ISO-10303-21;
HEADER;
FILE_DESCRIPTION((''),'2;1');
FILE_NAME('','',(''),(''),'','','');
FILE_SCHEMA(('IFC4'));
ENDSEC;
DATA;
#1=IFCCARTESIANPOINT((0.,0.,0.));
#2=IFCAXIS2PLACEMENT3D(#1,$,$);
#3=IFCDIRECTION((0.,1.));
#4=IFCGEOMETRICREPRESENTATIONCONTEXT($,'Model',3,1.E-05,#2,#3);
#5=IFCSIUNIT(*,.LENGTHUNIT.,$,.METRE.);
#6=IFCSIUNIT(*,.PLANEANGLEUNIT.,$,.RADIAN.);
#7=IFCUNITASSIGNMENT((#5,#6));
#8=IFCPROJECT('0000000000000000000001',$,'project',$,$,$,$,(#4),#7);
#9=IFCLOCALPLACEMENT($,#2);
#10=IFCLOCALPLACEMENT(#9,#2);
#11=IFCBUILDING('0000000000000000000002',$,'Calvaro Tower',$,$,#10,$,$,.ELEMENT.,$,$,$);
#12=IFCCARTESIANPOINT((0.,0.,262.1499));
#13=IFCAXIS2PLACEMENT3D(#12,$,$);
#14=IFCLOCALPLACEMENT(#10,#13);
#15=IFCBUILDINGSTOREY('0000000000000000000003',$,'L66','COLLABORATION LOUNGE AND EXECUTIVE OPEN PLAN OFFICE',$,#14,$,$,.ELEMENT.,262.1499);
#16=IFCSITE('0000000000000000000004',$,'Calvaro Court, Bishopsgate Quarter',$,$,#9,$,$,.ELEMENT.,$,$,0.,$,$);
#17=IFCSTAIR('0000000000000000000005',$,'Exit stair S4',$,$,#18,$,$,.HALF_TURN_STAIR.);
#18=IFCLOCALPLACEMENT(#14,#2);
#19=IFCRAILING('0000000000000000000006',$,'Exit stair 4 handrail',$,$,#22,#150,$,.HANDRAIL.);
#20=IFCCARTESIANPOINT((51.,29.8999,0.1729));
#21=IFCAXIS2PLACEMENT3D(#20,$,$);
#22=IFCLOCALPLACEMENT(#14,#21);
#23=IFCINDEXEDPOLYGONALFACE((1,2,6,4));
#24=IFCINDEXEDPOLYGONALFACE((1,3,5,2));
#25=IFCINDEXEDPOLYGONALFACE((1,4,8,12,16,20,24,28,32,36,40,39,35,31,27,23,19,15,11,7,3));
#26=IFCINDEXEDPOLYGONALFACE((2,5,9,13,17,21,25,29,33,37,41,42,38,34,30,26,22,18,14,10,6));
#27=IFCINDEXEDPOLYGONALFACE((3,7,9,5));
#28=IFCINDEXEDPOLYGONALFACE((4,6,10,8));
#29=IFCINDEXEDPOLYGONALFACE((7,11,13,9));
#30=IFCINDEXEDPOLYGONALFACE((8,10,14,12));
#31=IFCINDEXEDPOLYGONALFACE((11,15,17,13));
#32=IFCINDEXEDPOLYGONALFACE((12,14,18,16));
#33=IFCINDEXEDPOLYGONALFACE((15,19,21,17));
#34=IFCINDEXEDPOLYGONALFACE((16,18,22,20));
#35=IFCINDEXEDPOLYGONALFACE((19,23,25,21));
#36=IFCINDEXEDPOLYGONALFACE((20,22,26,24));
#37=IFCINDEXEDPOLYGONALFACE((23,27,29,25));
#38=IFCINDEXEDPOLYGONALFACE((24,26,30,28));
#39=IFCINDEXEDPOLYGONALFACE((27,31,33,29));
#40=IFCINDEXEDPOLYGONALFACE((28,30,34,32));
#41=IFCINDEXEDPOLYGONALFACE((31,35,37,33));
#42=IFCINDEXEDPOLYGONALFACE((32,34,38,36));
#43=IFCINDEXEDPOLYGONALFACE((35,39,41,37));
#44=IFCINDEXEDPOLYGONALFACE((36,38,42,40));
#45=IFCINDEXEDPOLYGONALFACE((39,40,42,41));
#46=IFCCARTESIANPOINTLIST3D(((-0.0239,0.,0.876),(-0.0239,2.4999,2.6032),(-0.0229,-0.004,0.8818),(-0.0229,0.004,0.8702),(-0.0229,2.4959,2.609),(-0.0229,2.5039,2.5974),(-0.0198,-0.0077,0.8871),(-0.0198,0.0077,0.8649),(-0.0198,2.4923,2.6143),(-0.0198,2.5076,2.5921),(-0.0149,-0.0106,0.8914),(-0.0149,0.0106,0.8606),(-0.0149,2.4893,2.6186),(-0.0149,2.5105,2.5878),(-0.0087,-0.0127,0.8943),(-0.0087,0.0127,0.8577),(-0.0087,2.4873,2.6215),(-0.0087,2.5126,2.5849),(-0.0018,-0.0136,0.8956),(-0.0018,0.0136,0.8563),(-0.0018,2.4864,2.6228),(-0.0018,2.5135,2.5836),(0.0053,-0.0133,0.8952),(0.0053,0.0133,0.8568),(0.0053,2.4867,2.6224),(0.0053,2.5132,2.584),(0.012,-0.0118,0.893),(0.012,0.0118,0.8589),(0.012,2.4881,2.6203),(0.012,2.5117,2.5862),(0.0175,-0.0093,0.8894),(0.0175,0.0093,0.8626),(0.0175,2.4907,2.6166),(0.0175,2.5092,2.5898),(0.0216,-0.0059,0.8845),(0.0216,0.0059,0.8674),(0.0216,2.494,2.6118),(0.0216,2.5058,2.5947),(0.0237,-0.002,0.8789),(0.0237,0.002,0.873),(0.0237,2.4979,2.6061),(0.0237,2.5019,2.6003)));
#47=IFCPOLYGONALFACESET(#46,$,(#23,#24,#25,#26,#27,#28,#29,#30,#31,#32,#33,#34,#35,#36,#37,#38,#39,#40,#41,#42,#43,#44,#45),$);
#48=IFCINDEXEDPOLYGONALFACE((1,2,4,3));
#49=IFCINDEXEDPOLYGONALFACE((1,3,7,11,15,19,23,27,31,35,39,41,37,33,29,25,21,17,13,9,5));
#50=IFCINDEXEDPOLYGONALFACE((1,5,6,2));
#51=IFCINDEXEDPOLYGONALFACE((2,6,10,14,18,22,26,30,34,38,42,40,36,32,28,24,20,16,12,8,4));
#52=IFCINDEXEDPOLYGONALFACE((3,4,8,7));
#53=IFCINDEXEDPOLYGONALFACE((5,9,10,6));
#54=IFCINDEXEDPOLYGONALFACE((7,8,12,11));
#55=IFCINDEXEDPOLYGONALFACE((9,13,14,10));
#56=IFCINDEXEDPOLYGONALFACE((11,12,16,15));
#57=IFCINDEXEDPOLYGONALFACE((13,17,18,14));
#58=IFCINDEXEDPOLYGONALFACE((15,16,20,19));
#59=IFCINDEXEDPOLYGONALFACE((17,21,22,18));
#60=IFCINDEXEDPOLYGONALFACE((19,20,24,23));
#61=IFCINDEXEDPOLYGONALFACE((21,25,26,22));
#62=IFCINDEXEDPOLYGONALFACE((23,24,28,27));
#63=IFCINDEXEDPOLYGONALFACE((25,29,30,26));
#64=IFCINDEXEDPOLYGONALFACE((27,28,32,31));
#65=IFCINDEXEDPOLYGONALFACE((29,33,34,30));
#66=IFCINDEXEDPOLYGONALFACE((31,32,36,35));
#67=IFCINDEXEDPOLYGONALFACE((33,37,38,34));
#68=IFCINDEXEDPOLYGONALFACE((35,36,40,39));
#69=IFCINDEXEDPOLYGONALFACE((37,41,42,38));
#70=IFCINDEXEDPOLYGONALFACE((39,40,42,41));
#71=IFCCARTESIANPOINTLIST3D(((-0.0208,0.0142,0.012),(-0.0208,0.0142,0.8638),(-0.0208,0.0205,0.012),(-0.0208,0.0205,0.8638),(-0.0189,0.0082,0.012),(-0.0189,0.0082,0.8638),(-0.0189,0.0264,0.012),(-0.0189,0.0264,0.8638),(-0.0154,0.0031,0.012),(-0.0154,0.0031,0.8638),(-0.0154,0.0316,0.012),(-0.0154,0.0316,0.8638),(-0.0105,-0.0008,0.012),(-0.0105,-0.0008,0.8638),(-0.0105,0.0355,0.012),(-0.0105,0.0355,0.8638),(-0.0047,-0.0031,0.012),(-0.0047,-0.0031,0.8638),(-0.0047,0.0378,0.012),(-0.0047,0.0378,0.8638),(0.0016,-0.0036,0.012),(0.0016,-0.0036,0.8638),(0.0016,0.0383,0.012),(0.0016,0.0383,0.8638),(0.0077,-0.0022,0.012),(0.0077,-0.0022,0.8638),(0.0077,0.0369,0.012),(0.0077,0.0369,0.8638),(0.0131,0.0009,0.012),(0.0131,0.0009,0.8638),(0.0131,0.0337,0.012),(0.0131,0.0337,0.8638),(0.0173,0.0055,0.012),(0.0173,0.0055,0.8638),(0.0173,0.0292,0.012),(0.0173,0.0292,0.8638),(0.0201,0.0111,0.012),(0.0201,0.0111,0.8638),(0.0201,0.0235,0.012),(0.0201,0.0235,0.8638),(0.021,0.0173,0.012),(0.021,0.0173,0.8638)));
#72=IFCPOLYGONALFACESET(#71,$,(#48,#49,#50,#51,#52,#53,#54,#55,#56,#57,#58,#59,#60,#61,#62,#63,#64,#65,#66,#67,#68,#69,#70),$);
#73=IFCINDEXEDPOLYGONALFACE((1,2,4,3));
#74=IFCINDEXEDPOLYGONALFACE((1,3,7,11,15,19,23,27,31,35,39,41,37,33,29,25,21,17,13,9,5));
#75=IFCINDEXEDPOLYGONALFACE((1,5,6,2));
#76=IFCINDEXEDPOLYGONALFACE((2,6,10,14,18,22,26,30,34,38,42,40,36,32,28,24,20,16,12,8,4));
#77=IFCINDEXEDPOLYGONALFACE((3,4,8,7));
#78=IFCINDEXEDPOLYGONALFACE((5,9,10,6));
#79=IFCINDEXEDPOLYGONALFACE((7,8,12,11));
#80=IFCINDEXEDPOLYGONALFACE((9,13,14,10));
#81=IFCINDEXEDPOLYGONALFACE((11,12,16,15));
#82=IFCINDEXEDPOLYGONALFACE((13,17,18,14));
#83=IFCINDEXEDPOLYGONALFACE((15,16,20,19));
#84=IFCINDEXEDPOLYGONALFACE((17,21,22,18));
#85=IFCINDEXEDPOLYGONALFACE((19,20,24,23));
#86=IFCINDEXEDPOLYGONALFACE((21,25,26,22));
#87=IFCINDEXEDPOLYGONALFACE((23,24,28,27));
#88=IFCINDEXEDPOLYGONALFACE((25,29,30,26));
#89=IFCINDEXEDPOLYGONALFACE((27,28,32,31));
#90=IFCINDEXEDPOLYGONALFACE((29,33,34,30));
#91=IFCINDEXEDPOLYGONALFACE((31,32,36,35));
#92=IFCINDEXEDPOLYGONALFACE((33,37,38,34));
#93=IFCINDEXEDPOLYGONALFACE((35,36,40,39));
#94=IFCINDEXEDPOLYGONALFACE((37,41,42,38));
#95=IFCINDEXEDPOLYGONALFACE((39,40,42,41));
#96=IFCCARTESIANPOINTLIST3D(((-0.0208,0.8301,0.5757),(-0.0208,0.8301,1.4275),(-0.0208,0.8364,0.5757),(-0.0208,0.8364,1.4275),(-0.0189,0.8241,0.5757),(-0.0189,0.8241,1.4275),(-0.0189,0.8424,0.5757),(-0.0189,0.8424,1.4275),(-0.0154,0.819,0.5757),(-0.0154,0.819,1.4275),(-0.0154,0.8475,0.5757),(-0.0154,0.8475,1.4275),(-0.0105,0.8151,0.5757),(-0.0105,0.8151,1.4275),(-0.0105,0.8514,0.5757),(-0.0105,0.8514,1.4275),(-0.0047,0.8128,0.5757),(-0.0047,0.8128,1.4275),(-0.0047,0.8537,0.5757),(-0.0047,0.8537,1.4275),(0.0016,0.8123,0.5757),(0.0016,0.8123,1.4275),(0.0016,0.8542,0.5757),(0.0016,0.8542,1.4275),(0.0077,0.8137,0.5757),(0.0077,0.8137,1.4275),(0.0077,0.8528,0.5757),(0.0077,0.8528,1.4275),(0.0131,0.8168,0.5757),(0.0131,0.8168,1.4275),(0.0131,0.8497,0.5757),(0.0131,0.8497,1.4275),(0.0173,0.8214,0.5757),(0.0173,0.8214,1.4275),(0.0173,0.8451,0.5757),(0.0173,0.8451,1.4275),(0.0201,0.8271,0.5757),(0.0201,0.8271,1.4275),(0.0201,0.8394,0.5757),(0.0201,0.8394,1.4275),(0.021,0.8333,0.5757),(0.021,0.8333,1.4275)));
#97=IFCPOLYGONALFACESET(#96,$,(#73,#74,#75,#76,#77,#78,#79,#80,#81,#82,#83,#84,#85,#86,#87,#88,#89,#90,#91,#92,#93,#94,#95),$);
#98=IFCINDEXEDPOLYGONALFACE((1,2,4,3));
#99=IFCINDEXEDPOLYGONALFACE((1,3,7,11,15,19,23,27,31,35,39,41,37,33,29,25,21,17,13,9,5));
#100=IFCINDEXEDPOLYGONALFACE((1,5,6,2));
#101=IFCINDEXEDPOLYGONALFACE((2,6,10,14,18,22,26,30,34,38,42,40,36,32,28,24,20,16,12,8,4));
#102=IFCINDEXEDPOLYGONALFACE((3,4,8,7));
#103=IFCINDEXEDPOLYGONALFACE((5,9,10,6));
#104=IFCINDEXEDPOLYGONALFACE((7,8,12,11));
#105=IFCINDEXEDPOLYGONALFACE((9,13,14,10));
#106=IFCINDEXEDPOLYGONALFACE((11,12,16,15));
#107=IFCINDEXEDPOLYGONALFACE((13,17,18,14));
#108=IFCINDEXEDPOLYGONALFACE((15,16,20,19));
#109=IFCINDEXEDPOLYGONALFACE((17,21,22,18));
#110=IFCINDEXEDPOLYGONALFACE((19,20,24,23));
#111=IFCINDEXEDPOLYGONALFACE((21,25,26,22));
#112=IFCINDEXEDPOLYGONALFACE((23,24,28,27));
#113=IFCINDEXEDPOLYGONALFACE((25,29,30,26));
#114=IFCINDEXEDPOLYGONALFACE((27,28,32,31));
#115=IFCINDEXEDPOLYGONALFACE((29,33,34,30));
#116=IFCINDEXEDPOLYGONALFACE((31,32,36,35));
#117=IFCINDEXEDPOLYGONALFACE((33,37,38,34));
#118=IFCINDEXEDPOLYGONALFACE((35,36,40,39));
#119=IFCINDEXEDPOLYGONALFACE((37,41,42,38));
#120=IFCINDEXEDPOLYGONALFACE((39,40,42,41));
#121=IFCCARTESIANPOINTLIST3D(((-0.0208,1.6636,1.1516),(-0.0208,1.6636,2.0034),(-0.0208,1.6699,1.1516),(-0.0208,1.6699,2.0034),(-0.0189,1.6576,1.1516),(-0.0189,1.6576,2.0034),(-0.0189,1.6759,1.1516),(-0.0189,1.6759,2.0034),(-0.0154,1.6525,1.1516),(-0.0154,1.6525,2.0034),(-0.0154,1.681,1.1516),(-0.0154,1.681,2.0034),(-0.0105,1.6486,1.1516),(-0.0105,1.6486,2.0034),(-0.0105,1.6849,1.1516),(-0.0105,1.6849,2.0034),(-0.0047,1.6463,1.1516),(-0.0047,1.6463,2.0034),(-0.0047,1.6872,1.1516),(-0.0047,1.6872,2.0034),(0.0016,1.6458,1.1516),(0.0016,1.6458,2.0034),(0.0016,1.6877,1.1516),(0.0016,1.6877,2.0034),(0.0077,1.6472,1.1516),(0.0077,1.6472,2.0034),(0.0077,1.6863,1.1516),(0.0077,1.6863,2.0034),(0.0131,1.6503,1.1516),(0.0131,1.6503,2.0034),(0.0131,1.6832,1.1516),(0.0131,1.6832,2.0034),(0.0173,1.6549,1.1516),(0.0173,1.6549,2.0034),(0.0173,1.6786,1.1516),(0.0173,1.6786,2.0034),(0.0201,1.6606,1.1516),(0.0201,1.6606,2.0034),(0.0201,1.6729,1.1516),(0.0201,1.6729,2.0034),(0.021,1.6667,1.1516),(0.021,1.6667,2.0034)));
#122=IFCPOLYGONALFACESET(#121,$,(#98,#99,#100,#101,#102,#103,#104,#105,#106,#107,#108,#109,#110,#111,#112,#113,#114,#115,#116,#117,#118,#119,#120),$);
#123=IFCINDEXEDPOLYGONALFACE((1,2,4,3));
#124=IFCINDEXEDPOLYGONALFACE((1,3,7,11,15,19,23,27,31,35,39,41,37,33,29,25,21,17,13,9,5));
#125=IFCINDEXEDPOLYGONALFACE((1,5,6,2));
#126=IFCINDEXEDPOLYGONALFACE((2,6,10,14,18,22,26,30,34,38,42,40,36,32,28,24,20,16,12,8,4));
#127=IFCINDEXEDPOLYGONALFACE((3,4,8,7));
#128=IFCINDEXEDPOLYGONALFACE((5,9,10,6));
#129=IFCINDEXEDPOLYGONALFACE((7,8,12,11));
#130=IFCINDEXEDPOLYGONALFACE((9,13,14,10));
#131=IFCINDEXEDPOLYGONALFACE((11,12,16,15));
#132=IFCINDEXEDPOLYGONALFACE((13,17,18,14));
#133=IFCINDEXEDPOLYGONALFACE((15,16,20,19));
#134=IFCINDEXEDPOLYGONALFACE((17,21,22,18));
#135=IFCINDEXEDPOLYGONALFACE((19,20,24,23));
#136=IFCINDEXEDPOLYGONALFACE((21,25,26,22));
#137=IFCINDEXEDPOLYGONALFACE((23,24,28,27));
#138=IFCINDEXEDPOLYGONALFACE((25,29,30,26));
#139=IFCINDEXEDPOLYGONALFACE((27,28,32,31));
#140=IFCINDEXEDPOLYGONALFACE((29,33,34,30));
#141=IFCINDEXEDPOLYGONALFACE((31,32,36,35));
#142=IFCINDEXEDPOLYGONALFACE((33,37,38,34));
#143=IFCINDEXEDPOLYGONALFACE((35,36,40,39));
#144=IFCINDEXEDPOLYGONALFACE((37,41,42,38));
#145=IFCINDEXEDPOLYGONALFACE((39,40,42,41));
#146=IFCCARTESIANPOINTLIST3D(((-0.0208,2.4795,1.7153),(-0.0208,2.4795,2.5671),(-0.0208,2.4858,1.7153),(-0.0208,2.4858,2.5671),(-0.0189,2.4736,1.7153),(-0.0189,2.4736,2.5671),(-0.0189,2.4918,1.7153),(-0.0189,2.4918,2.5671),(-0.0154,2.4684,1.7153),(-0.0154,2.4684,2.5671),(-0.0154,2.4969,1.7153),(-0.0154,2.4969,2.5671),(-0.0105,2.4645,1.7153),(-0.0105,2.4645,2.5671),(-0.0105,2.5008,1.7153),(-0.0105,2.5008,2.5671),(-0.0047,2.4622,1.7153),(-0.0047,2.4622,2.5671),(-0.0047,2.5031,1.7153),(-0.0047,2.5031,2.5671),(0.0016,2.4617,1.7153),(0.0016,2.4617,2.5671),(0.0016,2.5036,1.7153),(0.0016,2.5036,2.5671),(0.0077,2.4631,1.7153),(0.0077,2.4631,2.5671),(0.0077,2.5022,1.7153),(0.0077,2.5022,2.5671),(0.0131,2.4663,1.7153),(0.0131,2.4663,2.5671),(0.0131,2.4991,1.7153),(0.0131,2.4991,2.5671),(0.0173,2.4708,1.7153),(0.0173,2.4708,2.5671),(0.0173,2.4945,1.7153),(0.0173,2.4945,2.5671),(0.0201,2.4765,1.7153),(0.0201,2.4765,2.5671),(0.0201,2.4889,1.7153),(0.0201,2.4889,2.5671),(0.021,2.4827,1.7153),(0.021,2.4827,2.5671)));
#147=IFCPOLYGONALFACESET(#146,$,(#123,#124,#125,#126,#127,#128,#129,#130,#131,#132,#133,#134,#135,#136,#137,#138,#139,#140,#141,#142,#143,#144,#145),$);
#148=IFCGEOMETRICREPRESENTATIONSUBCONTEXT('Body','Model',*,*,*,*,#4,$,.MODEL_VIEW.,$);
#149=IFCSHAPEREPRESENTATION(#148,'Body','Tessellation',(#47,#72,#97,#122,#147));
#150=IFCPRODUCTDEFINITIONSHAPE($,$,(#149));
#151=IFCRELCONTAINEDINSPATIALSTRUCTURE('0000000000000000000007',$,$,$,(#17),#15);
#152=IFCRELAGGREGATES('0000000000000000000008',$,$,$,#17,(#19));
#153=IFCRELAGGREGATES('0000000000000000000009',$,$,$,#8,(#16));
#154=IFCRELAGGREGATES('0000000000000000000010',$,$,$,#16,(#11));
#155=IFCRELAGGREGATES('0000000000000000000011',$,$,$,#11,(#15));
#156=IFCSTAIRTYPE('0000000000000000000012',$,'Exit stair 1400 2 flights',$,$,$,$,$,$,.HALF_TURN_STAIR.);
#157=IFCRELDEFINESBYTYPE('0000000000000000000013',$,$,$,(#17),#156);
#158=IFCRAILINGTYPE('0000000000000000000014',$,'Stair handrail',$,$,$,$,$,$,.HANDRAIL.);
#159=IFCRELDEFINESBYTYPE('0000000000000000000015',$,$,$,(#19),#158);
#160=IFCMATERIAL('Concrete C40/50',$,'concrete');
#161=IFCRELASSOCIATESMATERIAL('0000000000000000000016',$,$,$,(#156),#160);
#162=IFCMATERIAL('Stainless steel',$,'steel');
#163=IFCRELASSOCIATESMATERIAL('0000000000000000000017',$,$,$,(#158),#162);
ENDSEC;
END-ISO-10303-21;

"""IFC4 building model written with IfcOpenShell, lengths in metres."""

from ifc_helpers import new_model, si_unit, direction, frame, origin, origin_2d, place, context, subcontext, project, spatial, circle, extrude, material, type_object, element, aggregate, save


model = new_model("IFC4")

# Units and contexts
model_context = context("Model", 3, precision=1e-05, world=origin(), true_north=direction((0.0, 1.0)))
body_context = subcontext(model_context, "Body", "Model", "MODEL_VIEW")
ifc_project = project(units=[si_unit("LENGTHUNIT", "METRE"), si_unit("PLANEANGLEUNIT", "RADIAN")], contexts=[model_context])

# Site, building, storey
site_placement = place(None, origin())
site = spatial("IfcSite", under=ifc_project, at=site_placement, Name="Calvaro Court, Bishopsgate Quarter", CompositionType="ELEMENT", RefElevation=0.0)
building_placement = place(site_placement, origin())
building = spatial("IfcBuilding", under=site, at=building_placement, Name="Calvaro Tower", CompositionType="ELEMENT")
storey_placement = place(building_placement, frame((0.0, 0.0, 262.1499)))
storey = spatial("IfcBuildingStorey", under=building, at=storey_placement, Name="L66", Description="COLLABORATION LOUNGE AND EXECUTIVE OPEN PLAN OFFICE", CompositionType="ELEMENT", Elevation=262.1499)

# Stair
ifc_material_1 = material(Name="Concrete C40/50", Category="concrete")
stair_type = type_object("IfcStairType", Name="Exit stair 1400 2 flights", PredefinedType="HALF_TURN_STAIR", material=ifc_material_1)
stair_1_placement = place(storey_placement, origin())
stair_1 = element("IfcStair", 1, at=stair_1_placement, inside=storey, type_object=stair_type, Name="Exit stair S4", PredefinedType="HALF_TURN_STAIR")

# Railing
ifc_material_2 = material(Name="Stainless steel", Category="steel")
railing_type = type_object("IfcRailingType", Name="Stair handrail", PredefinedType="HANDRAIL", material=ifc_material_2)
railing_1_placement = place(storey_placement, frame((51.0, 29.8999, 0.1729)))
railing_1 = element("IfcRailing", 2, at=railing_1_placement, type_object=railing_type, Name="Exit stair 4 handrail", PredefinedType="HANDRAIL", context=body_context, shape_type="SweptSolid", body=[
    extrude(circle(Radius=0.0239, at=origin_2d()), frame((0.0, 0.0, 0.876), z_axis=(0.0, 0.822727, 0.568437), x_axis=(-1.0, 0.0, 0.0)), (0.0, 0.0, 1.0), 3.0386),
    extrude(circle(Radius=0.021, at=origin_2d()), frame((0.0, 0.0173, 0.012)), (0.0, 0.0, 1.0), 0.8518),
    extrude(circle(Radius=0.021, at=origin_2d()), frame((0.0, 0.8333, 0.5757)), (0.0, 0.0, 1.0), 0.8518),
    extrude(circle(Radius=0.021, at=origin_2d()), frame((0.0, 1.6667, 1.1516)), (0.0, 0.0, 1.0), 0.8518),
    extrude(circle(Radius=0.021, at=origin_2d()), frame((0.0, 2.4827, 1.7153)), (0.0, 0.0, 1.0), 0.8518),
])
aggregate(stair_1, [railing_1])

save(model, "model.ifc")
